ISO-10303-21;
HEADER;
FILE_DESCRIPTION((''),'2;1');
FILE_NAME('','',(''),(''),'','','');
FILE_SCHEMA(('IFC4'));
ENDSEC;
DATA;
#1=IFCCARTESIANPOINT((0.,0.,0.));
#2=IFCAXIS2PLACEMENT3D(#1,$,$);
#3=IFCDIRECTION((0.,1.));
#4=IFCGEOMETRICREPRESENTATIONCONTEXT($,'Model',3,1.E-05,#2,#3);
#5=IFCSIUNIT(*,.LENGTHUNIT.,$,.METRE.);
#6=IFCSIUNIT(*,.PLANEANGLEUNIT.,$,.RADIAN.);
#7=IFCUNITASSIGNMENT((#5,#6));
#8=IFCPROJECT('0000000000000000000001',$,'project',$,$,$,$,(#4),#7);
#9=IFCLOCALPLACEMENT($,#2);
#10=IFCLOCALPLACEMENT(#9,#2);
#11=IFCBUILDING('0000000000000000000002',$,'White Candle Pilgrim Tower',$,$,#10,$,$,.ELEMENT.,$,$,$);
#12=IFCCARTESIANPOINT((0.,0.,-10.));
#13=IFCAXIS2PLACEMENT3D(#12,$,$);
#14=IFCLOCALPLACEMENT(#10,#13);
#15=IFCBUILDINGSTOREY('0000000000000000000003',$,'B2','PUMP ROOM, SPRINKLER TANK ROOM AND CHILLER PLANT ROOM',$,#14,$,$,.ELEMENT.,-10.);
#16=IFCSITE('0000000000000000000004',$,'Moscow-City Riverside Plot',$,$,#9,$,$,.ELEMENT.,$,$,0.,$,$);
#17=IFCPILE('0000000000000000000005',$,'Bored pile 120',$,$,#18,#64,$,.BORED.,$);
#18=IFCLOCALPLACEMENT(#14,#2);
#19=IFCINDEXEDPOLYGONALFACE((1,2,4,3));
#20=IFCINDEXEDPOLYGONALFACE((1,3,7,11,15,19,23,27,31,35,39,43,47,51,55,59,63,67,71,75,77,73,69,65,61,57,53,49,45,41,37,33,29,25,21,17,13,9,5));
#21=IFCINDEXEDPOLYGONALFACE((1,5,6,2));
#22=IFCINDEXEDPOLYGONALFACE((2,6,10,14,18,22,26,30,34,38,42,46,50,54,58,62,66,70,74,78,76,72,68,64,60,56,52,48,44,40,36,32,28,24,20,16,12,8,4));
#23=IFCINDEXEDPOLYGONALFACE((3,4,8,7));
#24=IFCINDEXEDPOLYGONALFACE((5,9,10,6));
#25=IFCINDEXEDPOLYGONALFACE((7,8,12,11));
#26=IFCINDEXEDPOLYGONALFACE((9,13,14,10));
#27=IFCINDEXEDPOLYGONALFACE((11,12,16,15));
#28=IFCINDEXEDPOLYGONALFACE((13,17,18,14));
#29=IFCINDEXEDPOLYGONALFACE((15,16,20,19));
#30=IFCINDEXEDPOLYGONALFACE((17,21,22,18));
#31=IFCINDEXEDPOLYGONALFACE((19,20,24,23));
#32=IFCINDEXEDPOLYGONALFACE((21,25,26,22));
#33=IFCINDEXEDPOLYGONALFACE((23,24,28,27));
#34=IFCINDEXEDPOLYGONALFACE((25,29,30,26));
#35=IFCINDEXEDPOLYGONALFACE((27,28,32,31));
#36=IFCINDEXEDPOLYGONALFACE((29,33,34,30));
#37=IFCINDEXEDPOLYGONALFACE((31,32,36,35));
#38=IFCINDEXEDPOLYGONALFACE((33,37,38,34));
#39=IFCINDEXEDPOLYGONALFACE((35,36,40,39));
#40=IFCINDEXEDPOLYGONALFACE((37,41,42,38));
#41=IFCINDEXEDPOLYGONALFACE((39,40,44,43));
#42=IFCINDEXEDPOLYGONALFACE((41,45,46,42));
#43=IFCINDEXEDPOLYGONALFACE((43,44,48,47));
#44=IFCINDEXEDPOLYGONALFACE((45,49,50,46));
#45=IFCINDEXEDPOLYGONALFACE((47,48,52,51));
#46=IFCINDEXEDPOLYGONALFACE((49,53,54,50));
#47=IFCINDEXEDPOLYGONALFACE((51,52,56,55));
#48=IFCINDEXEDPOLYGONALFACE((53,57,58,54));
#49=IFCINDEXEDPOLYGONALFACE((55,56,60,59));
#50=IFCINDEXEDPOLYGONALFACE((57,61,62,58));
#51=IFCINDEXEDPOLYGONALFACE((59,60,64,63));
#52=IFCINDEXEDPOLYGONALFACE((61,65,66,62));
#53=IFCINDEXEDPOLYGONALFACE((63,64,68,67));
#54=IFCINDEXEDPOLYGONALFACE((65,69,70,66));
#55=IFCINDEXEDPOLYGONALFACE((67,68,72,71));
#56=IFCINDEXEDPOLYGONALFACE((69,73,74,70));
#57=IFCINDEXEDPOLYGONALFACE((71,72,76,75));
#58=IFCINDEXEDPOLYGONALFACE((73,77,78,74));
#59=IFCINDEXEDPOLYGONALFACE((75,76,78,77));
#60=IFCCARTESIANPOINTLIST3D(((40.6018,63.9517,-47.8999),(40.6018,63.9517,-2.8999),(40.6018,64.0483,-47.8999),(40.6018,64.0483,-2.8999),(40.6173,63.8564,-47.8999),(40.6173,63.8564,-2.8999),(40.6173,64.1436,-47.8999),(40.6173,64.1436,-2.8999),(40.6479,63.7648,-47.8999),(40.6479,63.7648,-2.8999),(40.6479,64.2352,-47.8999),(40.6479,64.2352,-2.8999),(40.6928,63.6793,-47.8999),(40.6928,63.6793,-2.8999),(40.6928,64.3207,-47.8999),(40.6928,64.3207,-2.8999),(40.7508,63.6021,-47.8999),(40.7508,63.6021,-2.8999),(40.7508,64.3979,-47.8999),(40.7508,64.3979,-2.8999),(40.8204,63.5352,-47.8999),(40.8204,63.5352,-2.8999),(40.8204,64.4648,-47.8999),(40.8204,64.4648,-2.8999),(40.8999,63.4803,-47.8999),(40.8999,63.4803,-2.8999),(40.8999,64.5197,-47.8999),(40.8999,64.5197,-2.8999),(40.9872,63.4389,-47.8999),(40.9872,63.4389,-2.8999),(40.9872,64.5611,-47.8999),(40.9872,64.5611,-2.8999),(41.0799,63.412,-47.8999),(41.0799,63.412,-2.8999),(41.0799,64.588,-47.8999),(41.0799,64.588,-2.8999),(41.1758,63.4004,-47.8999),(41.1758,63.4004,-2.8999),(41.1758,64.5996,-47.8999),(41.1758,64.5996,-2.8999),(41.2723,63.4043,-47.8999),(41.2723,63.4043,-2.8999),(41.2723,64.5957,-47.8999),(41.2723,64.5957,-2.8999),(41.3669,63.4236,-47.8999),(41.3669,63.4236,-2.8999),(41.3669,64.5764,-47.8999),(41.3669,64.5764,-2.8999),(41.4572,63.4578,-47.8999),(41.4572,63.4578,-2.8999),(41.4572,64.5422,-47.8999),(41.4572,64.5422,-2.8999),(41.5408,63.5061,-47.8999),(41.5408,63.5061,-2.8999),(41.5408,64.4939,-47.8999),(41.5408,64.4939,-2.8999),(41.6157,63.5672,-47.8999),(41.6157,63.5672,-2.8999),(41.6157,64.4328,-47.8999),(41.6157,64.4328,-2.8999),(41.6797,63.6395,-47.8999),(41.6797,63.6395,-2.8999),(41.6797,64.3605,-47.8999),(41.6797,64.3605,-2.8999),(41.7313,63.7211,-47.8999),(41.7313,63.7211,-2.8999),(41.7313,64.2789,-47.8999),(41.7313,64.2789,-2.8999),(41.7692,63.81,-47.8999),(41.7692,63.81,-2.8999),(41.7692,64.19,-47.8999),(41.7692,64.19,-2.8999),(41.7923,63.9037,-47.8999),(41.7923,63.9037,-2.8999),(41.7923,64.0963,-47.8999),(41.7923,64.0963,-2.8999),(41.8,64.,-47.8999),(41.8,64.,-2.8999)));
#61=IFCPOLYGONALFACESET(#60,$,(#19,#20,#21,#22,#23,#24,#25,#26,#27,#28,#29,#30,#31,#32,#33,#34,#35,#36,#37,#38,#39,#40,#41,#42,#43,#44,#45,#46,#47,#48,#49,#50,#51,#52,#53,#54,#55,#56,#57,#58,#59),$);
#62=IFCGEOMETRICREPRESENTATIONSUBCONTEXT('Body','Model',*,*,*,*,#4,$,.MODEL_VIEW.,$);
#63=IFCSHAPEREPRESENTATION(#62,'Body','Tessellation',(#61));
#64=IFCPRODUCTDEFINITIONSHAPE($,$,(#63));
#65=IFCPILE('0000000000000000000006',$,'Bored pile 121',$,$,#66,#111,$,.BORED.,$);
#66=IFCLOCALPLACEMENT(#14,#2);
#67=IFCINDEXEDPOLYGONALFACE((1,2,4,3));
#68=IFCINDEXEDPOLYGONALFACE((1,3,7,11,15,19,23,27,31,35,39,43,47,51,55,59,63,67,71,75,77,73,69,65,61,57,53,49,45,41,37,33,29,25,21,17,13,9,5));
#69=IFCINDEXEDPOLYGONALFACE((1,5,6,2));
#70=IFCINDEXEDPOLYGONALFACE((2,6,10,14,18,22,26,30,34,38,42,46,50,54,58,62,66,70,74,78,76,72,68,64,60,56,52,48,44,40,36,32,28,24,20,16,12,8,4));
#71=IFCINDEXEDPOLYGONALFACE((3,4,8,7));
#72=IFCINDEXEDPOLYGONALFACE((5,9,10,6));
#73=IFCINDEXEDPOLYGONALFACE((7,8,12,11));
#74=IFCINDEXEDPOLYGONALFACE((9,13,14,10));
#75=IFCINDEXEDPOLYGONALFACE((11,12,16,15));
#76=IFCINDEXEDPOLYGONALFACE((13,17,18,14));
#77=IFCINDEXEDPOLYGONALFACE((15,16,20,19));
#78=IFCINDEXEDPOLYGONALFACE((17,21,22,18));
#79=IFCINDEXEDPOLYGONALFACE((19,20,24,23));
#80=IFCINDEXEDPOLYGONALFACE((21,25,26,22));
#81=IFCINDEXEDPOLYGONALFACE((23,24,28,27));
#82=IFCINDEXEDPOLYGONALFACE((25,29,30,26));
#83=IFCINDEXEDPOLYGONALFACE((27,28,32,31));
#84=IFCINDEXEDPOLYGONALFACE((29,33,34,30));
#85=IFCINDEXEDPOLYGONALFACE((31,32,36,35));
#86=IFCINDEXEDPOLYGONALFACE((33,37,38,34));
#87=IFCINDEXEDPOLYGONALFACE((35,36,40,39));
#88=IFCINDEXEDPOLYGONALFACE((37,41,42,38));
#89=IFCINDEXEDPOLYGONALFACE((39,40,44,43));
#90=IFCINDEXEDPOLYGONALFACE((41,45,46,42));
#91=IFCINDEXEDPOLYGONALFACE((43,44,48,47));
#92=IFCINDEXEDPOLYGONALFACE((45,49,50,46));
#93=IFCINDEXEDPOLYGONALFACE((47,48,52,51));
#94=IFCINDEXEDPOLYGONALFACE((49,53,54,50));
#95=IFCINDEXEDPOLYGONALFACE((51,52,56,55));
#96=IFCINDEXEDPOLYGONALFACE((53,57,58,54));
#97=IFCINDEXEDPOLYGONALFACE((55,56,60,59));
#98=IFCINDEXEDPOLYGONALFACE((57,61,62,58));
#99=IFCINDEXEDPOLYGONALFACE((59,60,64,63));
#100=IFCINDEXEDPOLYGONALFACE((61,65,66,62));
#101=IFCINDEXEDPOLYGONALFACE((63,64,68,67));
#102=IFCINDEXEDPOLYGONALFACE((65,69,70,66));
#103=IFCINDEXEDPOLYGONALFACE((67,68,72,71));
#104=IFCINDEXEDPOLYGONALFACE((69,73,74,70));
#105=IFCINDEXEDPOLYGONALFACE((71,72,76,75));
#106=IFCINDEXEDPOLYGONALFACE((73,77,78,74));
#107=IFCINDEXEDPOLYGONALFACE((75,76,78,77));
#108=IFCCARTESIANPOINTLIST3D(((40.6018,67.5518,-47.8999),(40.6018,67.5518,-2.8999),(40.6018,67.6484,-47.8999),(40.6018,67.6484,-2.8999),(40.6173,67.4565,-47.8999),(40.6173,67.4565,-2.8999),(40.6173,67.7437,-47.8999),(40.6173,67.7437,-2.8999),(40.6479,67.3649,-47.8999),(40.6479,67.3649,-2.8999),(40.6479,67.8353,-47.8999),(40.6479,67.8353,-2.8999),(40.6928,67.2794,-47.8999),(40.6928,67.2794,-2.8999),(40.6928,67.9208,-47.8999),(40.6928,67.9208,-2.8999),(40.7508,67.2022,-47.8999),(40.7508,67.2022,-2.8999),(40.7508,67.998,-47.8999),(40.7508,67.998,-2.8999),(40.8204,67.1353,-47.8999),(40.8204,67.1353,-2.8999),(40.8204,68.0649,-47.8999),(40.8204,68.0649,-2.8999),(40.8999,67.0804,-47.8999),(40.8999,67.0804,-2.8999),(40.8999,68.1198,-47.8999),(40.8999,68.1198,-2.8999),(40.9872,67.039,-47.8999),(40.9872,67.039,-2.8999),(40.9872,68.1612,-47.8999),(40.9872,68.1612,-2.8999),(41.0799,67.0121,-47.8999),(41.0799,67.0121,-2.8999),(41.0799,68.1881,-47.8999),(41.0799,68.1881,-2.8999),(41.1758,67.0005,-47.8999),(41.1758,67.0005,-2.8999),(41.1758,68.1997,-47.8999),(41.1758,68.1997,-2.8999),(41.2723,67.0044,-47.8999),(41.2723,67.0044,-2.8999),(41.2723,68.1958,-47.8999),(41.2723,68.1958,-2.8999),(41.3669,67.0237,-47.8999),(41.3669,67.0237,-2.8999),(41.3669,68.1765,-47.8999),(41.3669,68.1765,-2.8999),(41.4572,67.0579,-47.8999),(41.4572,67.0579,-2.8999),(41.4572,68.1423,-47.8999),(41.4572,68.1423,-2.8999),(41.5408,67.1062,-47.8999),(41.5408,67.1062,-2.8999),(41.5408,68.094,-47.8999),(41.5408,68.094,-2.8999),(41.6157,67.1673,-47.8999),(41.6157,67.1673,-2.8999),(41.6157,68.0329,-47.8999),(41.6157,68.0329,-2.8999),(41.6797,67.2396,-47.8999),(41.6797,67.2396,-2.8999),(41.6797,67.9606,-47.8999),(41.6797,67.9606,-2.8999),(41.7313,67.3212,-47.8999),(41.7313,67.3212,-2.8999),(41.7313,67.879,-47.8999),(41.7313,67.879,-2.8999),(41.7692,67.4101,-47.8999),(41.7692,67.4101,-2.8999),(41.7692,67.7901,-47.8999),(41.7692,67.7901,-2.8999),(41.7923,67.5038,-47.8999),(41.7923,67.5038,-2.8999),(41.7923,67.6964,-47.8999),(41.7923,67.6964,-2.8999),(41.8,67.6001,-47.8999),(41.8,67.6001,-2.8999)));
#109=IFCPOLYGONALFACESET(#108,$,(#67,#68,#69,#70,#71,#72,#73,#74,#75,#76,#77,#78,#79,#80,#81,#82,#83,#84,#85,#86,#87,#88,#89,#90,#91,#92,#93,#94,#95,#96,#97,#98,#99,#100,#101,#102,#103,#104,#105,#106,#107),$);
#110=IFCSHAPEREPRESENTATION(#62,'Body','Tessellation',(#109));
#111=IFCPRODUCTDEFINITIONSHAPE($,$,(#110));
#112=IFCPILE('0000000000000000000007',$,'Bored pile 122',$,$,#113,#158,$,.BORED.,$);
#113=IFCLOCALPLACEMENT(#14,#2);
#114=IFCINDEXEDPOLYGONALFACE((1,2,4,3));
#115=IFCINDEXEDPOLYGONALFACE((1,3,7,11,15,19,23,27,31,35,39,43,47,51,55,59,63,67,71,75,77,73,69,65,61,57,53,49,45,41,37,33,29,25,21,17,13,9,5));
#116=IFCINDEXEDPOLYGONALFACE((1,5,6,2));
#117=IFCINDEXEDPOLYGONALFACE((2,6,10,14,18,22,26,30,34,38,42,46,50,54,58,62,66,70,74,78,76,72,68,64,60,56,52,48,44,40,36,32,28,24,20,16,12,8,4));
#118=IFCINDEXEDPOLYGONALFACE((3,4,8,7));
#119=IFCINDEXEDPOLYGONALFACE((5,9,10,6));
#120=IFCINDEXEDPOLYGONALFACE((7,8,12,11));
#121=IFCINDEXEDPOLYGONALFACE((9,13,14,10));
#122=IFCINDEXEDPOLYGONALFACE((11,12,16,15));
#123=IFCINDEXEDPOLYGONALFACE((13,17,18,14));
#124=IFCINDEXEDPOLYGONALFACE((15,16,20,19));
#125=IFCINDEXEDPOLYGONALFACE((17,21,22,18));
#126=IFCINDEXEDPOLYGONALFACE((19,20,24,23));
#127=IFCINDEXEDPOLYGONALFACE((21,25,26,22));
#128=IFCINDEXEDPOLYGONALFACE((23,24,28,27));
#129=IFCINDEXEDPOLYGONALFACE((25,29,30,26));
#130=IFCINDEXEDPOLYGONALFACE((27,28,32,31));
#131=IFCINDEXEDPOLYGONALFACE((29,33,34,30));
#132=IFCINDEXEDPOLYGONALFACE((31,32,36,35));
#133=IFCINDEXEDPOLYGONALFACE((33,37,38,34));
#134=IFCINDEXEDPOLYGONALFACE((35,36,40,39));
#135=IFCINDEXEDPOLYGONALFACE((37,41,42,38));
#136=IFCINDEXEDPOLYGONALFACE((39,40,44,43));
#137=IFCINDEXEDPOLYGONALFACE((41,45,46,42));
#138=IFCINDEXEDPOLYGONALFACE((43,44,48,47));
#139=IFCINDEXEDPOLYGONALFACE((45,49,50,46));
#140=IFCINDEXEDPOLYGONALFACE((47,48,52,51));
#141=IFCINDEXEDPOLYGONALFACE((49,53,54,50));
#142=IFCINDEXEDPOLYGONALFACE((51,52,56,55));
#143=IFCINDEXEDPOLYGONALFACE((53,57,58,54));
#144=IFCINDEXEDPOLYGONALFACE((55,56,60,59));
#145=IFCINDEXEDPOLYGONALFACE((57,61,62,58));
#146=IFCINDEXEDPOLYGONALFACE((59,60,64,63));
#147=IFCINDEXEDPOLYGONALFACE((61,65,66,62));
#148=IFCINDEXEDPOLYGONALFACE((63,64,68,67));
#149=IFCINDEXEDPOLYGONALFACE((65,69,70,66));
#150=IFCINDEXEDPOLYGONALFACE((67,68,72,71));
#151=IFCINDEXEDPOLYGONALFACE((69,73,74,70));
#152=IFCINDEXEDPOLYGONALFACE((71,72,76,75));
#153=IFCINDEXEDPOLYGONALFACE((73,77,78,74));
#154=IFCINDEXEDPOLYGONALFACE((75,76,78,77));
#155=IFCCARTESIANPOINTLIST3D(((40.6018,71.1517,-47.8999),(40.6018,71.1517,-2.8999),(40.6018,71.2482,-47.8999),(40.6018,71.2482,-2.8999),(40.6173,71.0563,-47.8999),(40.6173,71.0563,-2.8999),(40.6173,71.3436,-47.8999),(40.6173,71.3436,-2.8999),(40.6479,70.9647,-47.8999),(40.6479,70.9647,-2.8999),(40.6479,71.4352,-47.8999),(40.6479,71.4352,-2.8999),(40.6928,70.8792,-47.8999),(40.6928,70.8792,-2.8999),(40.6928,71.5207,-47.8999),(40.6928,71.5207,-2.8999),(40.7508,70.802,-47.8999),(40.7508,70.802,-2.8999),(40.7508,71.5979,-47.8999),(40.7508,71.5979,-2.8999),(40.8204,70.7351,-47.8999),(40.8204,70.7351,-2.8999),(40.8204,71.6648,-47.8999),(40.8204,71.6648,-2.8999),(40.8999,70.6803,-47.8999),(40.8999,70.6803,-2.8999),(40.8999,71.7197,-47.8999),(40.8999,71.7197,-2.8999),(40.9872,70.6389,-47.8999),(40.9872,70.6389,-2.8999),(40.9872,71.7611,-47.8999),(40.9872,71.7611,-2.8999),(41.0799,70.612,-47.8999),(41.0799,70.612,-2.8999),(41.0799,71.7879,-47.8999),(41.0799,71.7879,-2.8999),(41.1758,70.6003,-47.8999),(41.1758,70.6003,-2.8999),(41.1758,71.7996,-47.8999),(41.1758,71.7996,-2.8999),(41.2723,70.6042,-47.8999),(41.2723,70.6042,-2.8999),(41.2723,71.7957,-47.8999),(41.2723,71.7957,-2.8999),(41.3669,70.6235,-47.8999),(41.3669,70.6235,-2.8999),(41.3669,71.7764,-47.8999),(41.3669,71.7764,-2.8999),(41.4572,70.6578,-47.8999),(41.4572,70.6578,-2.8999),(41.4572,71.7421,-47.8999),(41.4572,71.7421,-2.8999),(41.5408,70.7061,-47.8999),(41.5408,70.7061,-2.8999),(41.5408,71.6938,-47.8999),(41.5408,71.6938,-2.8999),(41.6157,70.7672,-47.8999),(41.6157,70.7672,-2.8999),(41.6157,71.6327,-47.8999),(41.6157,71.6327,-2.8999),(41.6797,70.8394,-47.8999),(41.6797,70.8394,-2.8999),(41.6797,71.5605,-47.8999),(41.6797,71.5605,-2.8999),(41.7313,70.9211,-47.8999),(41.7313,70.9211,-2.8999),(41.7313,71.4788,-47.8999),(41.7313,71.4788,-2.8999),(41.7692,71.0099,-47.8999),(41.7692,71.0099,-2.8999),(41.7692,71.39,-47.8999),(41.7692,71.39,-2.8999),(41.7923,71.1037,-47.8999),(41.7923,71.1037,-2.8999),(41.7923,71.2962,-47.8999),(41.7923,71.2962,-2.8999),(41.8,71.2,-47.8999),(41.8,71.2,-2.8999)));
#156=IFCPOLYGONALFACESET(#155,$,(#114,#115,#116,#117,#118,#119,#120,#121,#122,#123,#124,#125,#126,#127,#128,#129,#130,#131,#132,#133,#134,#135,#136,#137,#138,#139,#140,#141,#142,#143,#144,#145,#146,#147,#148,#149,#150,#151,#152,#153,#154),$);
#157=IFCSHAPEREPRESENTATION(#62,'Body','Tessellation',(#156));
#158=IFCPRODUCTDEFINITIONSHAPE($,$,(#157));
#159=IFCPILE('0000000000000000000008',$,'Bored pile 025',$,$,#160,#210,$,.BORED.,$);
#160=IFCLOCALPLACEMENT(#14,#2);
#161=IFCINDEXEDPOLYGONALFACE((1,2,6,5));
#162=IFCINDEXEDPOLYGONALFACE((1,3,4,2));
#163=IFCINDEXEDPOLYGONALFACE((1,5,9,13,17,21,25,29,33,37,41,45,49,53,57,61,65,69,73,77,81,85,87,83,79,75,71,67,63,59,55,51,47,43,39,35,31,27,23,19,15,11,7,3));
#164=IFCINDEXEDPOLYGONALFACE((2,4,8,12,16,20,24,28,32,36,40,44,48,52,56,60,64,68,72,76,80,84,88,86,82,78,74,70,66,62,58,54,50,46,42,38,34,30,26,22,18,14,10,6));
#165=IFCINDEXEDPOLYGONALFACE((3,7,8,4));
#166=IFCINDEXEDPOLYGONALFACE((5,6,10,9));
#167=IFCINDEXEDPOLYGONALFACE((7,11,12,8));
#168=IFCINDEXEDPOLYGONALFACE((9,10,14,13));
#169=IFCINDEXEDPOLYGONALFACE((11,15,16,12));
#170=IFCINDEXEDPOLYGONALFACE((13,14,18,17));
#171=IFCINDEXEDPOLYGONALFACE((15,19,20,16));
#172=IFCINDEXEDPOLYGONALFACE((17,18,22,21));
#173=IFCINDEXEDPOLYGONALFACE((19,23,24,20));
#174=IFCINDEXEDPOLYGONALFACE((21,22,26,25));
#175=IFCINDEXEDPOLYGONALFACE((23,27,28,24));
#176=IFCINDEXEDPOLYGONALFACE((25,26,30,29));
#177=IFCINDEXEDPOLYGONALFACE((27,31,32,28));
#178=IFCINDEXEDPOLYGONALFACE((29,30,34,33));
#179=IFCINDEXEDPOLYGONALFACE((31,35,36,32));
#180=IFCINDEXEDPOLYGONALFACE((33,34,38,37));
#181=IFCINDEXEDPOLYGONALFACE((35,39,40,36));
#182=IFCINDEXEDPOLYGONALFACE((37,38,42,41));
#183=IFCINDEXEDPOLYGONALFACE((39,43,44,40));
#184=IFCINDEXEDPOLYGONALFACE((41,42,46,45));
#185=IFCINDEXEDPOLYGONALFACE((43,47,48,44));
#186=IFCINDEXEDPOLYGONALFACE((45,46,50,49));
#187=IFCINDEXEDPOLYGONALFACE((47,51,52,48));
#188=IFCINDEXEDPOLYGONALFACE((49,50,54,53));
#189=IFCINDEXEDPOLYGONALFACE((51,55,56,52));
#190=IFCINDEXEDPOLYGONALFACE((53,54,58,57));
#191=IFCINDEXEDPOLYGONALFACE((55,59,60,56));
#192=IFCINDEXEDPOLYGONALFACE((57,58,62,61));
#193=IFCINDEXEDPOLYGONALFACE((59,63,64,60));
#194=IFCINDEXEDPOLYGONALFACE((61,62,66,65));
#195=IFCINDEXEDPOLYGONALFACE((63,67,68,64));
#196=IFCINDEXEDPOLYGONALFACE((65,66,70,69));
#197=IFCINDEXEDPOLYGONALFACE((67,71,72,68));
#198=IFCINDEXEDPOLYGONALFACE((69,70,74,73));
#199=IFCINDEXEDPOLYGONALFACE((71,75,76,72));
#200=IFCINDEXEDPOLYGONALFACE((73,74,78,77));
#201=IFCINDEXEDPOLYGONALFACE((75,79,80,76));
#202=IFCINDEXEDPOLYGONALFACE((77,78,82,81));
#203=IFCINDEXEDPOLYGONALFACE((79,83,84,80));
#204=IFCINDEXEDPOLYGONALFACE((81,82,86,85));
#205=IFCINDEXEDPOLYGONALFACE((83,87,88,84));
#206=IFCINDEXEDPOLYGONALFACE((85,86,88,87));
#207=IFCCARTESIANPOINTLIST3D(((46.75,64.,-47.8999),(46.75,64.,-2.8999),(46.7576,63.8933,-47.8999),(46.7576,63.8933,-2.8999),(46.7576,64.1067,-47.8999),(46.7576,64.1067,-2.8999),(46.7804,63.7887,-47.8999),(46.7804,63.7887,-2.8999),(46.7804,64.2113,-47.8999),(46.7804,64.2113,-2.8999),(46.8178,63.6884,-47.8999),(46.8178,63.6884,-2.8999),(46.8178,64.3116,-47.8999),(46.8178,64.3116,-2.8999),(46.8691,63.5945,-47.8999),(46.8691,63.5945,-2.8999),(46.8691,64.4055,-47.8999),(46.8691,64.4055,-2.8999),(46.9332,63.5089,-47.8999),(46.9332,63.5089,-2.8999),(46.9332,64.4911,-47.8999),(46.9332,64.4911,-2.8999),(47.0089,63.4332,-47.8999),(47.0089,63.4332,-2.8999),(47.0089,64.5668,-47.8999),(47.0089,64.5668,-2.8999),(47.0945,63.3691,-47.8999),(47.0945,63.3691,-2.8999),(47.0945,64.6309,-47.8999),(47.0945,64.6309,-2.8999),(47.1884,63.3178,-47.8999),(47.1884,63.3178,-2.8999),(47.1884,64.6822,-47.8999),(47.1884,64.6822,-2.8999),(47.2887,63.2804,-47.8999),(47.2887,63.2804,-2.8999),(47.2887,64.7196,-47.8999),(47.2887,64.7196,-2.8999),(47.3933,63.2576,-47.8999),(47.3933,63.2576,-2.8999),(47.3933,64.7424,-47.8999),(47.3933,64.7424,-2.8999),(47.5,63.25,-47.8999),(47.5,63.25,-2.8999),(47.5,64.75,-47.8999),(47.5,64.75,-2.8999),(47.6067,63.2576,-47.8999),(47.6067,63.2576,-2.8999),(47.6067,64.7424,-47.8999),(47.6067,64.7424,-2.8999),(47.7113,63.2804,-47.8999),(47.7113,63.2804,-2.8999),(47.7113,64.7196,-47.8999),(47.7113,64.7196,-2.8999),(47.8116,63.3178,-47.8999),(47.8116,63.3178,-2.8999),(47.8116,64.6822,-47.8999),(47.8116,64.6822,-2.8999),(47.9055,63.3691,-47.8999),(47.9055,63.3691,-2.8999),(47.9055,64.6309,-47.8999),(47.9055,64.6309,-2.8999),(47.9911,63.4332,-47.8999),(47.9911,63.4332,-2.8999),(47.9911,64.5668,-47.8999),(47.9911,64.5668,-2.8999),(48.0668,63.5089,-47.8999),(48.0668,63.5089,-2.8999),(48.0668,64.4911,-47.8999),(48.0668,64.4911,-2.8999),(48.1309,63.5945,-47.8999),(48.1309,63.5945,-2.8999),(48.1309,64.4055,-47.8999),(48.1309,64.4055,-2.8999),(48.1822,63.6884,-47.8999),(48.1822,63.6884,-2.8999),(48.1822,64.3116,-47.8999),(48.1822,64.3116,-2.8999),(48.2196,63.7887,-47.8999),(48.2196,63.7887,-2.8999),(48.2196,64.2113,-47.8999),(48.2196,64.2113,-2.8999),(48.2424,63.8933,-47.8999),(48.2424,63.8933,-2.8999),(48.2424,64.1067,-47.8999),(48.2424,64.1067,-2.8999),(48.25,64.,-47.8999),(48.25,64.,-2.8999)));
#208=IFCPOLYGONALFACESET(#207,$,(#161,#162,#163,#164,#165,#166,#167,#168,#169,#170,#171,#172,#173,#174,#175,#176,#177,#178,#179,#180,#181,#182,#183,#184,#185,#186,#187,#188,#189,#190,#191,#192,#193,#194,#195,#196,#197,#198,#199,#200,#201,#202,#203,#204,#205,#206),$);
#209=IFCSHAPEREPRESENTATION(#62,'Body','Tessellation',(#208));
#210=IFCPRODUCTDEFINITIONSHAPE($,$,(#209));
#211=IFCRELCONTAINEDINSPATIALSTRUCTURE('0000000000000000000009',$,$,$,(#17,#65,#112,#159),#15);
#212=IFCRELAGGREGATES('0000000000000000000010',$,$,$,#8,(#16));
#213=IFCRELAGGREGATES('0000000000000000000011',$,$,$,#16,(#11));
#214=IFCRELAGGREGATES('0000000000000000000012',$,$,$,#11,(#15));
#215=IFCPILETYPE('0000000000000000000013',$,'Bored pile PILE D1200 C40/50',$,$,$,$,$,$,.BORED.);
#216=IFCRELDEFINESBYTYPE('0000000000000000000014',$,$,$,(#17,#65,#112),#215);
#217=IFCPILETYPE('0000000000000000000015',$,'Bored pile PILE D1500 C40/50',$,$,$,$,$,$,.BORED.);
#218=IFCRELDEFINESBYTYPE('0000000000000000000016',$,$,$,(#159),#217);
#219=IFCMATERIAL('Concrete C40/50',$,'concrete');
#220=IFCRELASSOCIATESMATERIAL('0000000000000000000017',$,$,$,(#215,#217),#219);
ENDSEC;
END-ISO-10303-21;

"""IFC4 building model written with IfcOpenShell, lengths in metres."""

from ifc_helpers import new_model, si_unit, direction, frame, origin, origin_2d, place, context, subcontext, project, spatial, circle, extrude, material, material_profile, profile_set, type_object, element, save


model = new_model("IFC4")

# Units and contexts
model_context = context("Model", 3, precision=1e-05, world=origin(), true_north=direction((0.0, 1.0)))
body_context = subcontext(model_context, "Body", "Model", "MODEL_VIEW")
ifc_project = project(units=[si_unit("LENGTHUNIT", "METRE"), si_unit("PLANEANGLEUNIT", "RADIAN")], contexts=[model_context])

# Site, building, storey
site_placement = place(None, origin())
site = spatial("IfcSite", under=ifc_project, at=site_placement, Name="Moscow-City Riverside Plot", CompositionType="ELEMENT", RefElevation=0.0)
building_placement = place(site_placement, origin())
building = spatial("IfcBuilding", under=site, at=building_placement, Name="White Candle Pilgrim Tower", CompositionType="ELEMENT")
storey_placement = place(building_placement, frame((0.0, 0.0, -10.0)))
storey = spatial("IfcBuildingStorey", under=building, at=storey_placement, Name="B2", Description="PUMP ROOM, SPRINKLER TANK ROOM AND CHILLER PLANT ROOM", CompositionType="ELEMENT", Elevation=-10.0)

# Piles
ifc_material_1 = material(Name="Concrete C40/50", Category="concrete")
ifc_material_profile_1 = material_profile(ifc_material_1, circle(Radius=0.6001, at=origin_2d()), Name="PILE D1200")
ifc_profile_set_1 = profile_set([ifc_material_profile_1], Name="Concrete C40/50")
pile_type_1 = type_object("IfcPileType", Name="Bored pile PILE D1200 C40/50", PredefinedType="BORED", material=ifc_profile_set_1)
for number, where, z_axis, x_axis, name in (
    (1, (41.2, 64.0, -2.8999), (0.0, 0.0, -1.0), (1.0, 0.0, 0.0), "Bored pile 120"),
    (2, (41.2, 67.6001, -2.8999), (0.0, 0.0, -1.0), (1.0, 0.0, 0.0), "Bored pile 121"),
    (3, (41.2, 71.2, -2.8999), (0.0, 0.0, -1.0), (1.0, 0.0, 0.0), "Bored pile 122"),
):
    element("IfcPile", number, at=place(storey_placement, frame(where, z_axis=z_axis, x_axis=x_axis)), inside=storey, type_object=pile_type_1, Name=name, PredefinedType="BORED", context=body_context, shape_type="SweptSolid", body=[
        extrude(circle(Radius=0.6001, at=origin_2d()), origin(), (0.0, 0.0, 1.0), 45.0),
    ])
ifc_material_profile_2 = material_profile(ifc_material_1, circle(Radius=0.75, at=origin_2d()), Name="PILE D1500")
ifc_profile_set_2 = profile_set([ifc_material_profile_2], Name="Concrete C40/50")
pile_type_2 = type_object("IfcPileType", Name="Bored pile PILE D1500 C40/50", PredefinedType="BORED", material=ifc_profile_set_2)
for number, where, z_axis, x_axis, name in (
    (4, (47.5, 64.0, -2.8999), (0.0, 0.0, -1.0), (1.0, 0.0, 0.0), "Bored pile 025"),
):
    element("IfcPile", number, at=place(storey_placement, frame(where, z_axis=z_axis, x_axis=x_axis)), inside=storey, type_object=pile_type_2, Name=name, PredefinedType="BORED", context=body_context, shape_type="SweptSolid", body=[
        extrude(circle(Radius=0.75, at=origin_2d()), origin(), (0.0, 0.0, 1.0), 45.0),
    ])

save(model, "model.ifc")
